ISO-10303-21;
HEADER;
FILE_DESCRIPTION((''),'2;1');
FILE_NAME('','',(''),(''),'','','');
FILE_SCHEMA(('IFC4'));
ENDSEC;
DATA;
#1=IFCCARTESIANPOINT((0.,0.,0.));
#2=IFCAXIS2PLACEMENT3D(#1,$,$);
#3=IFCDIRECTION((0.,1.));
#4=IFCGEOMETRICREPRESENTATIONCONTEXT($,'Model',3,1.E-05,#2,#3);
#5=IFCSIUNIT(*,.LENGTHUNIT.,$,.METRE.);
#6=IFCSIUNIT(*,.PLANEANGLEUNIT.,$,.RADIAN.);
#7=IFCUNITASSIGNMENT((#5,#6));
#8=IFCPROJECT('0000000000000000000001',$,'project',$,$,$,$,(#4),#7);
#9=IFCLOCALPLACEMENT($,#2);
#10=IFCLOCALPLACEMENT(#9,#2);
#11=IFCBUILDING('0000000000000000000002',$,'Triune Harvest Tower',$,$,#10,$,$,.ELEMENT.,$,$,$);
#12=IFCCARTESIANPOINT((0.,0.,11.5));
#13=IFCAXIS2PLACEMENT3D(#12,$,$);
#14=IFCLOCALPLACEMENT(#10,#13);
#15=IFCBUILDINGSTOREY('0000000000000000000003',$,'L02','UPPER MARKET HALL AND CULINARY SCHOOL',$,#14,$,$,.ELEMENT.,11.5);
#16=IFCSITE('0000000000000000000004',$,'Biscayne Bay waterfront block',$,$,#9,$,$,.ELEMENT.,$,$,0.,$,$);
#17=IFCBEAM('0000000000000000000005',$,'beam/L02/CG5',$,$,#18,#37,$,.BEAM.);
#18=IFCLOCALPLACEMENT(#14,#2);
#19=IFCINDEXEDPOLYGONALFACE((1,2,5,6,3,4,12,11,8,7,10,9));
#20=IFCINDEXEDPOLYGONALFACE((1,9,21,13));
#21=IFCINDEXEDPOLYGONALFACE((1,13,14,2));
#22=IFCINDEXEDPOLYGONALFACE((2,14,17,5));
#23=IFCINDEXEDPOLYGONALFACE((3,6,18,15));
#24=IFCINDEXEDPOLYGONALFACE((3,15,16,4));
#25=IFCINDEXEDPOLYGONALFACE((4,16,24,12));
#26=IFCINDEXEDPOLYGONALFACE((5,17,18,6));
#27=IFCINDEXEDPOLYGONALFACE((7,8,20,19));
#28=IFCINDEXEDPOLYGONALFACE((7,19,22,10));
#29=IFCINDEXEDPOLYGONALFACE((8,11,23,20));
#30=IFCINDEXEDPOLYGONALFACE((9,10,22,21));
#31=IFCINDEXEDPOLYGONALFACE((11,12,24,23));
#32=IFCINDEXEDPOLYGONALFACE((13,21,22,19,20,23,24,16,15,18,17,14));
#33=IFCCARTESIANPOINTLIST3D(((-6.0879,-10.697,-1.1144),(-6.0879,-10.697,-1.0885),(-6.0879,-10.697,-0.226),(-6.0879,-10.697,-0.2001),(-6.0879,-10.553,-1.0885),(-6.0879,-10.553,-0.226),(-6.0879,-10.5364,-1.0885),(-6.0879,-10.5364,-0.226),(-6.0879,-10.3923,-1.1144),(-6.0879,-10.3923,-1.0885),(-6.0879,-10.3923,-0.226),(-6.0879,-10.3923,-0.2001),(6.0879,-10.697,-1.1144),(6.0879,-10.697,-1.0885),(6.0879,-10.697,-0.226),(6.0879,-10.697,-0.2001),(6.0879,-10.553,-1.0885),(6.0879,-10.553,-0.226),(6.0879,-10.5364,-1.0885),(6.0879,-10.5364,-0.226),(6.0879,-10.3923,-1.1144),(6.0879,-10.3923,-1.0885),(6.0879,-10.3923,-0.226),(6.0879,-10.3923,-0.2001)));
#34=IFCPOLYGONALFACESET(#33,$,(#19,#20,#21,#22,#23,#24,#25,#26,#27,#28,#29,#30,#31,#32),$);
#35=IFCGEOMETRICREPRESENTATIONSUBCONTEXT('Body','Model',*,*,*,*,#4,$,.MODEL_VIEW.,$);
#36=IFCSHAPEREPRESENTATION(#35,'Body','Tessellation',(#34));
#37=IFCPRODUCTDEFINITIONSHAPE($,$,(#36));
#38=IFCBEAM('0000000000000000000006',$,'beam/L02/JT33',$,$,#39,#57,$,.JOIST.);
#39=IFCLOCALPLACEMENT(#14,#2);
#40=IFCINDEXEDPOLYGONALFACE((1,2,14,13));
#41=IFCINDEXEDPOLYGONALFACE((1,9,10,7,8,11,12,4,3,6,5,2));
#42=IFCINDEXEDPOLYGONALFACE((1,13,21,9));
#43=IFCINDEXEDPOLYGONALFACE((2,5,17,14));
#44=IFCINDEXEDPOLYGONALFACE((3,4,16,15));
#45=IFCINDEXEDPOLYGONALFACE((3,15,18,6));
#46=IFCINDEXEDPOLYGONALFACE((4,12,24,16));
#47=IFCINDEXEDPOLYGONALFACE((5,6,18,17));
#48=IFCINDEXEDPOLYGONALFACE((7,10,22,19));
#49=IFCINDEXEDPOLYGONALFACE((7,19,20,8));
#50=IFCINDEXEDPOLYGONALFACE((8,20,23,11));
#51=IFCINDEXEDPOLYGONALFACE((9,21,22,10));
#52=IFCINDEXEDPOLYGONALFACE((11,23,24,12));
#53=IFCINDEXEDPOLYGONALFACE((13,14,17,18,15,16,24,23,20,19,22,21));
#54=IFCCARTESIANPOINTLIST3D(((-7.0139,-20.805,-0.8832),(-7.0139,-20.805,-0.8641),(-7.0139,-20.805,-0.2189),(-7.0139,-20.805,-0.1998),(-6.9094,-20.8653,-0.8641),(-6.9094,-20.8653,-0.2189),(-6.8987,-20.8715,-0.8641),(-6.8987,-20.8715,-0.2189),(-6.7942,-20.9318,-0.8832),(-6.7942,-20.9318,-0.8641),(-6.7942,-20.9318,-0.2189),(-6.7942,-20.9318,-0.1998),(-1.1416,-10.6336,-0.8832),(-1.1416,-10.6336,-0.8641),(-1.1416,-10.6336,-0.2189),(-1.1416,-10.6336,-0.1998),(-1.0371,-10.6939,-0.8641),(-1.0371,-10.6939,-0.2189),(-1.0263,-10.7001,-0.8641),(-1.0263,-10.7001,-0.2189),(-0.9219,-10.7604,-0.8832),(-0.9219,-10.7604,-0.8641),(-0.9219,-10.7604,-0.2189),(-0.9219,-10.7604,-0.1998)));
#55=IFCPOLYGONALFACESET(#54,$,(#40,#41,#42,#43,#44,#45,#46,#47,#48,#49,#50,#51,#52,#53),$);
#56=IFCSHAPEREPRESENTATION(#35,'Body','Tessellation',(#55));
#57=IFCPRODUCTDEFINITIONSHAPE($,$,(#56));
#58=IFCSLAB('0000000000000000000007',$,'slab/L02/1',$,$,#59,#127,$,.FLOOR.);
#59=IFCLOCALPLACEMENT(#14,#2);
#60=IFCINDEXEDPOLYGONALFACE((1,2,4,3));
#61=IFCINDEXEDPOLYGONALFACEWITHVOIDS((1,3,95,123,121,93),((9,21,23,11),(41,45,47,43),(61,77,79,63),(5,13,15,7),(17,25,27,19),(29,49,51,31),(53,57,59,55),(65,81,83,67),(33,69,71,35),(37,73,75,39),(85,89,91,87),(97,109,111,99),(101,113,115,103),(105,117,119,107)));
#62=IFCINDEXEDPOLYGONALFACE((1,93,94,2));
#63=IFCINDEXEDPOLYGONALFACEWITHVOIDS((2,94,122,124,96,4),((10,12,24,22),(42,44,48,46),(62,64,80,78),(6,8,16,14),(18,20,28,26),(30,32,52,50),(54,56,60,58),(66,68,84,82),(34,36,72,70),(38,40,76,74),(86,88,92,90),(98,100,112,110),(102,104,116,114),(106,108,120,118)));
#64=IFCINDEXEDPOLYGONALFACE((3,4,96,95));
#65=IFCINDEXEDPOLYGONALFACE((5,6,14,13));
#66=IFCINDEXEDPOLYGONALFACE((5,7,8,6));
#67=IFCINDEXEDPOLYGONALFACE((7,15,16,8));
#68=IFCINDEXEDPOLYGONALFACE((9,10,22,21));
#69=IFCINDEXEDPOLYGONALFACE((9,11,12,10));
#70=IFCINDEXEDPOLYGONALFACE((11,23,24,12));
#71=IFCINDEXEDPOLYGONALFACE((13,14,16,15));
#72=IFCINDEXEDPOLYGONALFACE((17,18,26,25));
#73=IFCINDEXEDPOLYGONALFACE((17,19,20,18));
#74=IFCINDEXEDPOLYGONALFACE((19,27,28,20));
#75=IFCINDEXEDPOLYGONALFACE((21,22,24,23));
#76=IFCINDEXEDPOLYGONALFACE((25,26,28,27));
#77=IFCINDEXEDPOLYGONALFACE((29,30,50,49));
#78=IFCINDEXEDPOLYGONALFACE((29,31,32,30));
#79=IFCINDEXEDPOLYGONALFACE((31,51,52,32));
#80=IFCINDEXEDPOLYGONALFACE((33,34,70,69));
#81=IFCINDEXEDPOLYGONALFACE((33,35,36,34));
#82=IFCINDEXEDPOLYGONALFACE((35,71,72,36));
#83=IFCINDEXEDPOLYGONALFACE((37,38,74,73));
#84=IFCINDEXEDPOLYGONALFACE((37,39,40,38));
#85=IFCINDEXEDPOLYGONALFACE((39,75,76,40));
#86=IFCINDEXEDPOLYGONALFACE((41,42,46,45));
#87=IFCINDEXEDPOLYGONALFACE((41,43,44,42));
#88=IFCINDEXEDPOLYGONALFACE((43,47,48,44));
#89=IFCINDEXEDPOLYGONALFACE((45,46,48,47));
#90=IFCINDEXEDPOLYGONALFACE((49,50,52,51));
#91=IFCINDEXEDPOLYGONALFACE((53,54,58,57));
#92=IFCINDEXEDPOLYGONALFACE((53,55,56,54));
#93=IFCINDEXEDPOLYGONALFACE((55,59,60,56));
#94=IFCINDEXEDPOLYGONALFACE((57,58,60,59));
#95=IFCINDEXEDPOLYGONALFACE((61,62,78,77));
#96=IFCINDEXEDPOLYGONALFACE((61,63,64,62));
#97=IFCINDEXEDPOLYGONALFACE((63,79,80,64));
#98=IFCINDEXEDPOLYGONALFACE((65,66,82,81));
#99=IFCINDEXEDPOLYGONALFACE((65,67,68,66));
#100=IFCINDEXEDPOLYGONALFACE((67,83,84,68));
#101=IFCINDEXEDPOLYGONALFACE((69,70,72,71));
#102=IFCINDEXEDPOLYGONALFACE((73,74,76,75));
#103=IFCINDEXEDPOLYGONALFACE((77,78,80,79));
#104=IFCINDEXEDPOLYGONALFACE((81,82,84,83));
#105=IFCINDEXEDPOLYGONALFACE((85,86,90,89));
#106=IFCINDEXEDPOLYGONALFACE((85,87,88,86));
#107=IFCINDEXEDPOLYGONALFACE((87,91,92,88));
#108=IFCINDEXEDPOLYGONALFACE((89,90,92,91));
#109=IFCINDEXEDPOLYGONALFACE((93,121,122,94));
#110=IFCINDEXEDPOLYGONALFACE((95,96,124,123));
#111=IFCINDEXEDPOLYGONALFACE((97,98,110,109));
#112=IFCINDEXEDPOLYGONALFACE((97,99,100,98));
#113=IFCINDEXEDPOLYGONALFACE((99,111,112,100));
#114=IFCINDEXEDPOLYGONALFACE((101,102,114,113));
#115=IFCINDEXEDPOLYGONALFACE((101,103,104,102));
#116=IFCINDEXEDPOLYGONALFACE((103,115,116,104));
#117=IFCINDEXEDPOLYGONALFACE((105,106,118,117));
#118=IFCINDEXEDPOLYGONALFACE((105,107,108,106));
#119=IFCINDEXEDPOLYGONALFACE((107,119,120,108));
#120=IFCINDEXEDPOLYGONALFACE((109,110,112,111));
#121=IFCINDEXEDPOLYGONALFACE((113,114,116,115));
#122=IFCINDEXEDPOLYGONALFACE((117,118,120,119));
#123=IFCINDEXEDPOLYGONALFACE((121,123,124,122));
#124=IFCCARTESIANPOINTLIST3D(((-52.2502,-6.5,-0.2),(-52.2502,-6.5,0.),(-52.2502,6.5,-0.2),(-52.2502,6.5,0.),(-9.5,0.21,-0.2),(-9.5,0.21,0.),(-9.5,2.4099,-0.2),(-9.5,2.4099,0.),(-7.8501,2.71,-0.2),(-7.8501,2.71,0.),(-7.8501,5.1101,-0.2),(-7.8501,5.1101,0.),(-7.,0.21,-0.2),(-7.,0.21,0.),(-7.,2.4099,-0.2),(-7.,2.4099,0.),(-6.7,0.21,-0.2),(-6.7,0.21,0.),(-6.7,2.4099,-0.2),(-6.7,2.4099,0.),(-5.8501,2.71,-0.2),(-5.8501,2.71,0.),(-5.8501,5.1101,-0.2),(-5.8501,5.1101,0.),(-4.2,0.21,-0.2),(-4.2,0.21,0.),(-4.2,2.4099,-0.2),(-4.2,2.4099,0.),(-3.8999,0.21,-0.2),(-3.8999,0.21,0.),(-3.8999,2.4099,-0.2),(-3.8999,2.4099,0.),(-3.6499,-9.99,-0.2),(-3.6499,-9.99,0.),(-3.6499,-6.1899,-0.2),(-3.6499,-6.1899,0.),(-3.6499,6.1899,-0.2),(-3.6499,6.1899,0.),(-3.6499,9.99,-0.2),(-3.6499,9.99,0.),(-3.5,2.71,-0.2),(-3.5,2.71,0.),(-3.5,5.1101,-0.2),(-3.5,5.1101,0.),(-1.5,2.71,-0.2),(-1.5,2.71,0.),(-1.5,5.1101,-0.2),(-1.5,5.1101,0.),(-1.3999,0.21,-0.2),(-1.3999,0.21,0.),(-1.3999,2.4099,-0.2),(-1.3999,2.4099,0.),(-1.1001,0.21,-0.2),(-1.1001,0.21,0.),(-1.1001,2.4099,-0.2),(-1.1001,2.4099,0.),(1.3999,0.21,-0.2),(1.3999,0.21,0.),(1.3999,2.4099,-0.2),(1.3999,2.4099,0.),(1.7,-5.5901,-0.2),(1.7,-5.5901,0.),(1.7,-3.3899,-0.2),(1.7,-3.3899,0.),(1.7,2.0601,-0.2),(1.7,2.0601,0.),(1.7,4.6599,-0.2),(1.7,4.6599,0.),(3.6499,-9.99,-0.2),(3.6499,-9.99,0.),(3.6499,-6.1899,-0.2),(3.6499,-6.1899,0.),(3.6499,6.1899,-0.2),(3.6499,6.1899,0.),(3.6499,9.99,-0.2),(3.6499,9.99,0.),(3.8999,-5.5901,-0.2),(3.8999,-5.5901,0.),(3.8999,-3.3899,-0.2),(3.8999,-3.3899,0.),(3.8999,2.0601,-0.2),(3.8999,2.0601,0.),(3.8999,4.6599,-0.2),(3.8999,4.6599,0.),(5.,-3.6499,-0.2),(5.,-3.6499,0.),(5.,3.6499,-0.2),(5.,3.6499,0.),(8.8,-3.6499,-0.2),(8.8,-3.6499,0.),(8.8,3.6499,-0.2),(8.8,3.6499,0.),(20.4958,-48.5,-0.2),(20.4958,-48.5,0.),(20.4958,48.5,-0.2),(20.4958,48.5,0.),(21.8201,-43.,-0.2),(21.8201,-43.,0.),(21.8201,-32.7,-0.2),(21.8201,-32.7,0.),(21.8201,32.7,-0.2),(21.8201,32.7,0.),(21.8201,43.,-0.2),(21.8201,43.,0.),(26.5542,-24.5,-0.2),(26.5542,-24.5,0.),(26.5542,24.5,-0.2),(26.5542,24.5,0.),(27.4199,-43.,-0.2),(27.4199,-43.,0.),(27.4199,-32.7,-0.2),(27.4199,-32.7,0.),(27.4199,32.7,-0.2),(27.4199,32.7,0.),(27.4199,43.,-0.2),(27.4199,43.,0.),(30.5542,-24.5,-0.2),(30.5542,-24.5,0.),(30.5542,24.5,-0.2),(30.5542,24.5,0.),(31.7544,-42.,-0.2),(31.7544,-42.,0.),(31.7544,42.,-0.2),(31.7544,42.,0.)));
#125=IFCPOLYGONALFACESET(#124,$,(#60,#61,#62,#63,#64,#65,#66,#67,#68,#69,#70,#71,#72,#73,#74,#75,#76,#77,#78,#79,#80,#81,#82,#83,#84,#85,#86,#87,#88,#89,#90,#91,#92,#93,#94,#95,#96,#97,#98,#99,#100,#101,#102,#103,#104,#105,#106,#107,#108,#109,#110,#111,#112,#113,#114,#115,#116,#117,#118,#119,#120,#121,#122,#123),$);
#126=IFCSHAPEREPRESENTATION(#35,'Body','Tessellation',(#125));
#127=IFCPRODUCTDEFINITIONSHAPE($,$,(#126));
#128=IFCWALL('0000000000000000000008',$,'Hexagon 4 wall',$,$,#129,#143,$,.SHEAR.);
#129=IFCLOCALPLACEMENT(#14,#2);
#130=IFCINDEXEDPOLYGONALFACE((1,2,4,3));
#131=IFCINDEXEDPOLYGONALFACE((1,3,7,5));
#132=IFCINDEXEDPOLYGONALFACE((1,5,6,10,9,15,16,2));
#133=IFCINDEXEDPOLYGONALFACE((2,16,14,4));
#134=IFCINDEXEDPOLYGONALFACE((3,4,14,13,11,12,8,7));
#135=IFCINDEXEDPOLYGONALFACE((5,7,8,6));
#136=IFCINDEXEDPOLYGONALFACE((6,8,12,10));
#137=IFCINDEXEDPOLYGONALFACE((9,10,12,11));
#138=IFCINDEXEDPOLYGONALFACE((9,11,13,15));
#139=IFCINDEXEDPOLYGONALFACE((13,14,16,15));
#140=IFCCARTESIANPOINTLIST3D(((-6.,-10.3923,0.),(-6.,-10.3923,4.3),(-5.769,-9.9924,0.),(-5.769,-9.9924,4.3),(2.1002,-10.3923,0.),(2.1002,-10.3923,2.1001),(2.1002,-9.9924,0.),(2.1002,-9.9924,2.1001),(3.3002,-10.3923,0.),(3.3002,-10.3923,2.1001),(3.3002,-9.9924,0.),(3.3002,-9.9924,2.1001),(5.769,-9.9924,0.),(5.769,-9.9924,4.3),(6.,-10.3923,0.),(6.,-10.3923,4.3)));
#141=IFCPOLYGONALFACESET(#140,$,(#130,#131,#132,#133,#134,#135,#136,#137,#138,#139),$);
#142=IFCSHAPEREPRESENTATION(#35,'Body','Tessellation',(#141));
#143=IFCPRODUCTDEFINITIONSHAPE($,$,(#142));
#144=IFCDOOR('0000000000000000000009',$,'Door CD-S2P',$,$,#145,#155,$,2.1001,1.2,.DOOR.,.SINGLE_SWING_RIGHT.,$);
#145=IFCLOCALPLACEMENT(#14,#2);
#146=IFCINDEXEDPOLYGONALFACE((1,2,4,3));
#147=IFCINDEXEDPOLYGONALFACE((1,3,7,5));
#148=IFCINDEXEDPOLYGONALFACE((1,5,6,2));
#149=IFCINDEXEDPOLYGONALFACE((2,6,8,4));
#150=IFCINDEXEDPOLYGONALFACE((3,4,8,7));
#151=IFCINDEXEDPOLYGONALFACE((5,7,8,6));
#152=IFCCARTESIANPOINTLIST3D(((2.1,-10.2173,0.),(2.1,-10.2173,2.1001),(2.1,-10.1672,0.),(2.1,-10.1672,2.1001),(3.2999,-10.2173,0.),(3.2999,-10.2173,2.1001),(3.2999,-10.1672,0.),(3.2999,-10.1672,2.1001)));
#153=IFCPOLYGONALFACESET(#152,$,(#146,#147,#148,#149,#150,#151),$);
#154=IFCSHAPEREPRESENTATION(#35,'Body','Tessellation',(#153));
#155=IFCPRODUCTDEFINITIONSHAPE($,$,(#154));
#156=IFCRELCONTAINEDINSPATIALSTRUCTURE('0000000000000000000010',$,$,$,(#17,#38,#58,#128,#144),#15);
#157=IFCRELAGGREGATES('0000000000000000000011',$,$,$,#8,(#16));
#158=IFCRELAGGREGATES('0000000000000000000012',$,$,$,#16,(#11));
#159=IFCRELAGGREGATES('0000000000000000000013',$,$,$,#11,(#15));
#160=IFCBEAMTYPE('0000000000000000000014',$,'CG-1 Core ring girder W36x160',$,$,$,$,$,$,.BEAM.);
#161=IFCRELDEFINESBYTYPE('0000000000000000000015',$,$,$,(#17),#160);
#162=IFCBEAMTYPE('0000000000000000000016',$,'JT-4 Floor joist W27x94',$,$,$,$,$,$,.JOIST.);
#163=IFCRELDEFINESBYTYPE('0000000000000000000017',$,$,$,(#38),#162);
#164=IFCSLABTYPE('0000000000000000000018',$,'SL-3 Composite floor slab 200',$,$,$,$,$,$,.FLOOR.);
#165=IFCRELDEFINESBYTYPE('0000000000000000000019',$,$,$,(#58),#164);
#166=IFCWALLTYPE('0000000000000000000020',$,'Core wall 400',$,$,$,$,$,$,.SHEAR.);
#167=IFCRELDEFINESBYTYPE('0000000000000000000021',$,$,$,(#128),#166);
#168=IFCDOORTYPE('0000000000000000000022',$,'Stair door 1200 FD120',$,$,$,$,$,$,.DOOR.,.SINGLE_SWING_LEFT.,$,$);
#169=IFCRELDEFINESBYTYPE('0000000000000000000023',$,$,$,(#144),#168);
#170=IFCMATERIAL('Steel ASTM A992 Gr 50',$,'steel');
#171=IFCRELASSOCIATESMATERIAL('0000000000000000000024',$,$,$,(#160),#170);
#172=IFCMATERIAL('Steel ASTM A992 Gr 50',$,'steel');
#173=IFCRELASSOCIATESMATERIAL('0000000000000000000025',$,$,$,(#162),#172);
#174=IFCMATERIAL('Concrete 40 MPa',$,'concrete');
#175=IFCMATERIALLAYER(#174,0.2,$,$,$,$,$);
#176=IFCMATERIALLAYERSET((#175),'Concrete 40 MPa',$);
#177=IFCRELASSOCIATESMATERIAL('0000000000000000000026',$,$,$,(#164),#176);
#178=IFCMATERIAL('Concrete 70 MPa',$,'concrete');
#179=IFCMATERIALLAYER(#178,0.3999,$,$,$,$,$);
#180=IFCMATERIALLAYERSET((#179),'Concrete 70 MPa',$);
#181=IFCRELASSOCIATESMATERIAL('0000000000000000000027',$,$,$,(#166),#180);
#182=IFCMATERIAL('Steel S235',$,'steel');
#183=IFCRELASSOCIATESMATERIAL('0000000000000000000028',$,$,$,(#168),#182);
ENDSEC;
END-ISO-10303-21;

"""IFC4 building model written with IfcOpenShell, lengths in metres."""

from ifc_helpers import new_model, si_unit, direction, frame, frame_2d, origin, origin_2d, place, context, subcontext, project, spatial, polyline, rectangle, i_section, outline, extrude, source, transform, mapped, material, layer, layer_set, material_profile, profile_set, type_object, element, fill, save


model = new_model("IFC4")

# Units and contexts
model_context = context("Model", 3, precision=1e-05, world=origin(), true_north=direction((0.0, 1.0)))
body_context = subcontext(model_context, "Body", "Model", "MODEL_VIEW")
ifc_project = project(units=[si_unit("LENGTHUNIT", "METRE"), si_unit("PLANEANGLEUNIT", "RADIAN")], contexts=[model_context])

# Site, building, storey
site_placement = place(None, origin())
site = spatial("IfcSite", under=ifc_project, at=site_placement, Name="Biscayne Bay waterfront block", CompositionType="ELEMENT", RefElevation=0.0)
building_placement = place(site_placement, origin())
building = spatial("IfcBuilding", under=site, at=building_placement, Name="Triune Harvest Tower", CompositionType="ELEMENT")
storey_placement = place(building_placement, frame((0.0, 0.0, 11.5)))
storey = spatial("IfcBuildingStorey", under=building, at=storey_placement, Name="L02", Description="UPPER MARKET HALL AND CULINARY SCHOOL", CompositionType="ELEMENT", Elevation=11.5)

# Beams
ifc_material_1 = material(Name="Steel ASTM A992 Gr 50", Category="steel")
ifc_material_profile_1 = material_profile(ifc_material_1, i_section(OverallWidth=0.3047, OverallDepth=0.9143, WebThickness=0.0166, FlangeThickness=0.0259, at=origin_2d()), Name="W36x160")
ifc_profile_set_1 = profile_set([ifc_material_profile_1], Name="Steel ASTM A992 Gr 50")
beam_type_1 = type_object("IfcBeamType", Name="CG-1 Core ring girder W36x160", PredefinedType="BEAM", material=ifc_profile_set_1)
shared_shape_1 = source(origin(), body_context, "Body", "SweptSolid", [
    extrude(i_section(OverallWidth=0.3047, OverallDepth=0.9143, WebThickness=0.0166, FlangeThickness=0.0259, at=origin_2d()), origin(), (0.0, 0.0, 1.0), 12.1758),
])
beam_1_placement = place(storey_placement, frame((-6.0879, -10.5447, -0.6572), z_axis=(1.0, 0.0, 0.0), x_axis=(0.0, 1.0, 0.0)))
element("IfcBeam", 1, at=beam_1_placement, inside=storey, type_object=beam_type_1, Name="beam/L02/CG5", PredefinedType="BEAM", context=body_context, shape_type="MappedRepresentation", body=[
    mapped(shared_shape_1, transform((0.0, 0.0, 0.0), scale=1.0)),
])
ifc_material_2 = material(Name="Steel ASTM A992 Gr 50", Category="steel")
ifc_material_profile_2 = material_profile(ifc_material_2, i_section(OverallWidth=0.2537, OverallDepth=0.6833, WebThickness=0.0125, FlangeThickness=0.019, at=origin_2d()), Name="W27x94")
ifc_profile_set_2 = profile_set([ifc_material_profile_2], Name="Steel ASTM A992 Gr 50")
beam_type_2 = type_object("IfcBeamType", Name="JT-4 Floor joist W27x94", PredefinedType="JOIST", material=ifc_profile_set_2)
shared_shape_2 = source(origin(), body_context, "Body", "SweptSolid", [
    extrude(i_section(OverallWidth=0.2537, OverallDepth=0.6833, WebThickness=0.0125, FlangeThickness=0.019, at=origin_2d()), origin(), (0.0, 0.0, 1.0), 11.7449),
])
beam_2_placement = place(storey_placement, frame((-6.9041, -20.8684, -0.5415), z_axis=(0.499991, 0.866031, 0.0), x_axis=(-0.866031, 0.499991, 0.0)))
element("IfcBeam", 2, at=beam_2_placement, inside=storey, type_object=beam_type_2, Name="beam/L02/JT33", PredefinedType="JOIST", context=body_context, shape_type="MappedRepresentation", body=[
    mapped(shared_shape_2, transform((0.0, 0.0, 0.0), scale=1.0)),
])

# Slab
ifc_material_3 = material(Name="Concrete 40 MPa", Category="concrete")
ifc_layer_1 = layer(ifc_material_3, 0.2)
ifc_layer_set_1 = layer_set([ifc_layer_1], Name="Concrete 40 MPa")
slab_type = type_object("IfcSlabType", Name="SL-3 Composite floor slab 200", PredefinedType="FLOOR", material=ifc_layer_set_1)
shared_shape_3 = source(origin(), body_context, "Body", "SweptSolid", [
    extrude(outline(polyline([(31.7544, -42.0), (31.7544, 42.0), (20.4958, 48.5), (-52.2502, 6.5), (-52.2502, -6.5), (20.4958, -48.5), (31.7544, -42.0)]), holes=[polyline([(-7.0, 0.21), (-7.0, 2.4099), (-9.5, 2.4099), (-9.5, 0.21), (-7.0, 0.21)]), polyline([(-4.2, 0.21), (-4.2, 2.4099), (-6.7, 2.4099), (-6.7, 0.21), (-4.2, 0.21)]), polyline([(-1.3999, 0.21), (-1.3999, 2.4099), (-3.8999, 2.4099), (-3.8999, 0.21), (-1.3999, 0.21)]), polyline([(1.3999, 0.21), (1.3999, 2.4099), (-1.1001, 2.4099), (-1.1001, 0.21), (1.3999, 0.21)]), polyline([(3.8999, 2.0601), (3.8999, 4.6599), (1.7, 4.6599), (1.7, 2.0601), (3.8999, 2.0601)]), polyline([(3.8999, -5.5901), (3.8999, -3.3899), (1.7, -3.3899), (1.7, -5.5901), (3.8999, -5.5901)]), polyline([(-5.8501, 2.71), (-5.8501, 5.1101), (-7.8501, 5.1101), (-7.8501, 2.71), (-5.8501, 2.71)]), polyline([(-1.5, 2.71), (-1.5, 5.1101), (-3.5, 5.1101), (-3.5, 2.71), (-1.5, 2.71)]), polyline([(3.6499, 6.1899), (3.6499, 9.99), (-3.6499, 9.99), (-3.6499, 6.1899), (3.6499, 6.1899)]), polyline([(3.6499, -9.99), (3.6499, -6.1899), (-3.6499, -6.1899), (-3.6499, -9.99), (3.6499, -9.99)]), polyline([(8.8, -3.6499), (8.8, 3.6499), (5.0, 3.6499), (5.0, -3.6499), (8.8, -3.6499)]), polyline([(27.4199, 32.7), (27.4199, 43.0), (21.8201, 43.0), (21.8201, 32.7), (27.4199, 32.7)]), polyline([(27.4199, -43.0), (27.4199, -32.7), (21.8201, -32.7), (21.8201, -43.0), (27.4199, -43.0)]), polyline([(26.5542, -24.5), (30.5542, -24.5), (30.5542, 24.5), (26.5542, 24.5), (26.5542, -24.5)])]), origin(), (0.0, 0.0, 1.0), 0.2),
])
slab_placement = place(storey_placement, frame((0.0, 0.0, -0.2)))
element("IfcSlab", 3, at=slab_placement, inside=storey, type_object=slab_type, Name="slab/L02/1", PredefinedType="FLOOR", context=body_context, shape_type="MappedRepresentation", body=[
    mapped(shared_shape_3, transform((0.0, 0.0, 0.0), scale=1.0)),
])

# Wall, opening, door
ifc_material_4 = material(Name="Concrete 70 MPa", Category="concrete")
ifc_layer_2 = layer(ifc_material_4, 0.3999)
ifc_layer_set_2 = layer_set([ifc_layer_2], Name="Concrete 70 MPa")
wall_type_1 = type_object("IfcWallType", Name="Core wall 400", PredefinedType="SHEAR", material=ifc_layer_set_2)
shared_shape_4 = source(origin(), body_context, "Body", "SweptSolid", [
    extrude(outline(polyline([(-0.1155, -0.2), (11.8845, -0.2), (11.6536, 0.2), (0.1155, 0.2), (-0.1155, -0.2)])), origin(), (0.0, 0.0, 1.0), 4.3),
])
wall_1_placement = place(storey_placement, frame((-5.8845, -10.1924, 0.0), z_axis=(0.0, 0.0, 1.0), x_axis=(1.0, 0.0, 0.0)))
wall_1 = element("IfcWall", 4, at=wall_1_placement, inside=storey, type_object=wall_type_1, Name="Hexagon 4 wall", PredefinedType="SHEAR", context=body_context, shape_type="MappedRepresentation", body=[
    mapped(shared_shape_4, transform((0.0, 0.0, 0.0), scale=1.0)),
])
opening_1_placement = place(wall_1_placement, frame((7.9846, 0.0, 0.0)))
opening_1 = element("IfcOpeningElement", 5, at=opening_1_placement, cuts=wall_1, PredefinedType="OPENING", context=body_context, shape_type="SweptSolid", body=[
    extrude(rectangle(XDim=1.2, YDim=2.1001, at=frame_2d((0.6001, 1.05))), frame((0.0, 0.21, 0.0), z_axis=(0.0, -1.0, 0.0), x_axis=(1.0, 0.0, 0.0)), (0.0, 0.0, 1.0), 0.4199),
])
ifc_material_5 = material(Name="Steel S235", Category="steel")
door_type_1 = type_object("IfcDoorType", Name="Stair door 1200 FD120", OperationType="SINGLE_SWING_LEFT", PredefinedType="DOOR", material=ifc_material_5)
door_1_placement = place(opening_1_placement, frame((1.2, 0.0, 0.0), z_axis=(0.0, 0.0, 1.0), x_axis=(-1.0, 0.0, 0.0)))
door_1 = element("IfcDoor", 6, at=door_1_placement, inside=storey, type_object=door_type_1, Name="Door CD-S2P", OperationType="SINGLE_SWING_RIGHT", OverallHeight=2.1001, OverallWidth=1.2, PredefinedType="DOOR", context=body_context, shape_type="SweptSolid", body=[
    extrude(rectangle(XDim=1.2, YDim=2.1001, at=frame_2d((0.6001, 1.05))), frame((0.0, 0.0249, 0.0), z_axis=(0.0, -1.0, 0.0), x_axis=(1.0, 0.0, 0.0)), (0.0, 0.0, 1.0), 0.05),
])
fill(opening_1, door_1)

save(model, "model.ifc")
